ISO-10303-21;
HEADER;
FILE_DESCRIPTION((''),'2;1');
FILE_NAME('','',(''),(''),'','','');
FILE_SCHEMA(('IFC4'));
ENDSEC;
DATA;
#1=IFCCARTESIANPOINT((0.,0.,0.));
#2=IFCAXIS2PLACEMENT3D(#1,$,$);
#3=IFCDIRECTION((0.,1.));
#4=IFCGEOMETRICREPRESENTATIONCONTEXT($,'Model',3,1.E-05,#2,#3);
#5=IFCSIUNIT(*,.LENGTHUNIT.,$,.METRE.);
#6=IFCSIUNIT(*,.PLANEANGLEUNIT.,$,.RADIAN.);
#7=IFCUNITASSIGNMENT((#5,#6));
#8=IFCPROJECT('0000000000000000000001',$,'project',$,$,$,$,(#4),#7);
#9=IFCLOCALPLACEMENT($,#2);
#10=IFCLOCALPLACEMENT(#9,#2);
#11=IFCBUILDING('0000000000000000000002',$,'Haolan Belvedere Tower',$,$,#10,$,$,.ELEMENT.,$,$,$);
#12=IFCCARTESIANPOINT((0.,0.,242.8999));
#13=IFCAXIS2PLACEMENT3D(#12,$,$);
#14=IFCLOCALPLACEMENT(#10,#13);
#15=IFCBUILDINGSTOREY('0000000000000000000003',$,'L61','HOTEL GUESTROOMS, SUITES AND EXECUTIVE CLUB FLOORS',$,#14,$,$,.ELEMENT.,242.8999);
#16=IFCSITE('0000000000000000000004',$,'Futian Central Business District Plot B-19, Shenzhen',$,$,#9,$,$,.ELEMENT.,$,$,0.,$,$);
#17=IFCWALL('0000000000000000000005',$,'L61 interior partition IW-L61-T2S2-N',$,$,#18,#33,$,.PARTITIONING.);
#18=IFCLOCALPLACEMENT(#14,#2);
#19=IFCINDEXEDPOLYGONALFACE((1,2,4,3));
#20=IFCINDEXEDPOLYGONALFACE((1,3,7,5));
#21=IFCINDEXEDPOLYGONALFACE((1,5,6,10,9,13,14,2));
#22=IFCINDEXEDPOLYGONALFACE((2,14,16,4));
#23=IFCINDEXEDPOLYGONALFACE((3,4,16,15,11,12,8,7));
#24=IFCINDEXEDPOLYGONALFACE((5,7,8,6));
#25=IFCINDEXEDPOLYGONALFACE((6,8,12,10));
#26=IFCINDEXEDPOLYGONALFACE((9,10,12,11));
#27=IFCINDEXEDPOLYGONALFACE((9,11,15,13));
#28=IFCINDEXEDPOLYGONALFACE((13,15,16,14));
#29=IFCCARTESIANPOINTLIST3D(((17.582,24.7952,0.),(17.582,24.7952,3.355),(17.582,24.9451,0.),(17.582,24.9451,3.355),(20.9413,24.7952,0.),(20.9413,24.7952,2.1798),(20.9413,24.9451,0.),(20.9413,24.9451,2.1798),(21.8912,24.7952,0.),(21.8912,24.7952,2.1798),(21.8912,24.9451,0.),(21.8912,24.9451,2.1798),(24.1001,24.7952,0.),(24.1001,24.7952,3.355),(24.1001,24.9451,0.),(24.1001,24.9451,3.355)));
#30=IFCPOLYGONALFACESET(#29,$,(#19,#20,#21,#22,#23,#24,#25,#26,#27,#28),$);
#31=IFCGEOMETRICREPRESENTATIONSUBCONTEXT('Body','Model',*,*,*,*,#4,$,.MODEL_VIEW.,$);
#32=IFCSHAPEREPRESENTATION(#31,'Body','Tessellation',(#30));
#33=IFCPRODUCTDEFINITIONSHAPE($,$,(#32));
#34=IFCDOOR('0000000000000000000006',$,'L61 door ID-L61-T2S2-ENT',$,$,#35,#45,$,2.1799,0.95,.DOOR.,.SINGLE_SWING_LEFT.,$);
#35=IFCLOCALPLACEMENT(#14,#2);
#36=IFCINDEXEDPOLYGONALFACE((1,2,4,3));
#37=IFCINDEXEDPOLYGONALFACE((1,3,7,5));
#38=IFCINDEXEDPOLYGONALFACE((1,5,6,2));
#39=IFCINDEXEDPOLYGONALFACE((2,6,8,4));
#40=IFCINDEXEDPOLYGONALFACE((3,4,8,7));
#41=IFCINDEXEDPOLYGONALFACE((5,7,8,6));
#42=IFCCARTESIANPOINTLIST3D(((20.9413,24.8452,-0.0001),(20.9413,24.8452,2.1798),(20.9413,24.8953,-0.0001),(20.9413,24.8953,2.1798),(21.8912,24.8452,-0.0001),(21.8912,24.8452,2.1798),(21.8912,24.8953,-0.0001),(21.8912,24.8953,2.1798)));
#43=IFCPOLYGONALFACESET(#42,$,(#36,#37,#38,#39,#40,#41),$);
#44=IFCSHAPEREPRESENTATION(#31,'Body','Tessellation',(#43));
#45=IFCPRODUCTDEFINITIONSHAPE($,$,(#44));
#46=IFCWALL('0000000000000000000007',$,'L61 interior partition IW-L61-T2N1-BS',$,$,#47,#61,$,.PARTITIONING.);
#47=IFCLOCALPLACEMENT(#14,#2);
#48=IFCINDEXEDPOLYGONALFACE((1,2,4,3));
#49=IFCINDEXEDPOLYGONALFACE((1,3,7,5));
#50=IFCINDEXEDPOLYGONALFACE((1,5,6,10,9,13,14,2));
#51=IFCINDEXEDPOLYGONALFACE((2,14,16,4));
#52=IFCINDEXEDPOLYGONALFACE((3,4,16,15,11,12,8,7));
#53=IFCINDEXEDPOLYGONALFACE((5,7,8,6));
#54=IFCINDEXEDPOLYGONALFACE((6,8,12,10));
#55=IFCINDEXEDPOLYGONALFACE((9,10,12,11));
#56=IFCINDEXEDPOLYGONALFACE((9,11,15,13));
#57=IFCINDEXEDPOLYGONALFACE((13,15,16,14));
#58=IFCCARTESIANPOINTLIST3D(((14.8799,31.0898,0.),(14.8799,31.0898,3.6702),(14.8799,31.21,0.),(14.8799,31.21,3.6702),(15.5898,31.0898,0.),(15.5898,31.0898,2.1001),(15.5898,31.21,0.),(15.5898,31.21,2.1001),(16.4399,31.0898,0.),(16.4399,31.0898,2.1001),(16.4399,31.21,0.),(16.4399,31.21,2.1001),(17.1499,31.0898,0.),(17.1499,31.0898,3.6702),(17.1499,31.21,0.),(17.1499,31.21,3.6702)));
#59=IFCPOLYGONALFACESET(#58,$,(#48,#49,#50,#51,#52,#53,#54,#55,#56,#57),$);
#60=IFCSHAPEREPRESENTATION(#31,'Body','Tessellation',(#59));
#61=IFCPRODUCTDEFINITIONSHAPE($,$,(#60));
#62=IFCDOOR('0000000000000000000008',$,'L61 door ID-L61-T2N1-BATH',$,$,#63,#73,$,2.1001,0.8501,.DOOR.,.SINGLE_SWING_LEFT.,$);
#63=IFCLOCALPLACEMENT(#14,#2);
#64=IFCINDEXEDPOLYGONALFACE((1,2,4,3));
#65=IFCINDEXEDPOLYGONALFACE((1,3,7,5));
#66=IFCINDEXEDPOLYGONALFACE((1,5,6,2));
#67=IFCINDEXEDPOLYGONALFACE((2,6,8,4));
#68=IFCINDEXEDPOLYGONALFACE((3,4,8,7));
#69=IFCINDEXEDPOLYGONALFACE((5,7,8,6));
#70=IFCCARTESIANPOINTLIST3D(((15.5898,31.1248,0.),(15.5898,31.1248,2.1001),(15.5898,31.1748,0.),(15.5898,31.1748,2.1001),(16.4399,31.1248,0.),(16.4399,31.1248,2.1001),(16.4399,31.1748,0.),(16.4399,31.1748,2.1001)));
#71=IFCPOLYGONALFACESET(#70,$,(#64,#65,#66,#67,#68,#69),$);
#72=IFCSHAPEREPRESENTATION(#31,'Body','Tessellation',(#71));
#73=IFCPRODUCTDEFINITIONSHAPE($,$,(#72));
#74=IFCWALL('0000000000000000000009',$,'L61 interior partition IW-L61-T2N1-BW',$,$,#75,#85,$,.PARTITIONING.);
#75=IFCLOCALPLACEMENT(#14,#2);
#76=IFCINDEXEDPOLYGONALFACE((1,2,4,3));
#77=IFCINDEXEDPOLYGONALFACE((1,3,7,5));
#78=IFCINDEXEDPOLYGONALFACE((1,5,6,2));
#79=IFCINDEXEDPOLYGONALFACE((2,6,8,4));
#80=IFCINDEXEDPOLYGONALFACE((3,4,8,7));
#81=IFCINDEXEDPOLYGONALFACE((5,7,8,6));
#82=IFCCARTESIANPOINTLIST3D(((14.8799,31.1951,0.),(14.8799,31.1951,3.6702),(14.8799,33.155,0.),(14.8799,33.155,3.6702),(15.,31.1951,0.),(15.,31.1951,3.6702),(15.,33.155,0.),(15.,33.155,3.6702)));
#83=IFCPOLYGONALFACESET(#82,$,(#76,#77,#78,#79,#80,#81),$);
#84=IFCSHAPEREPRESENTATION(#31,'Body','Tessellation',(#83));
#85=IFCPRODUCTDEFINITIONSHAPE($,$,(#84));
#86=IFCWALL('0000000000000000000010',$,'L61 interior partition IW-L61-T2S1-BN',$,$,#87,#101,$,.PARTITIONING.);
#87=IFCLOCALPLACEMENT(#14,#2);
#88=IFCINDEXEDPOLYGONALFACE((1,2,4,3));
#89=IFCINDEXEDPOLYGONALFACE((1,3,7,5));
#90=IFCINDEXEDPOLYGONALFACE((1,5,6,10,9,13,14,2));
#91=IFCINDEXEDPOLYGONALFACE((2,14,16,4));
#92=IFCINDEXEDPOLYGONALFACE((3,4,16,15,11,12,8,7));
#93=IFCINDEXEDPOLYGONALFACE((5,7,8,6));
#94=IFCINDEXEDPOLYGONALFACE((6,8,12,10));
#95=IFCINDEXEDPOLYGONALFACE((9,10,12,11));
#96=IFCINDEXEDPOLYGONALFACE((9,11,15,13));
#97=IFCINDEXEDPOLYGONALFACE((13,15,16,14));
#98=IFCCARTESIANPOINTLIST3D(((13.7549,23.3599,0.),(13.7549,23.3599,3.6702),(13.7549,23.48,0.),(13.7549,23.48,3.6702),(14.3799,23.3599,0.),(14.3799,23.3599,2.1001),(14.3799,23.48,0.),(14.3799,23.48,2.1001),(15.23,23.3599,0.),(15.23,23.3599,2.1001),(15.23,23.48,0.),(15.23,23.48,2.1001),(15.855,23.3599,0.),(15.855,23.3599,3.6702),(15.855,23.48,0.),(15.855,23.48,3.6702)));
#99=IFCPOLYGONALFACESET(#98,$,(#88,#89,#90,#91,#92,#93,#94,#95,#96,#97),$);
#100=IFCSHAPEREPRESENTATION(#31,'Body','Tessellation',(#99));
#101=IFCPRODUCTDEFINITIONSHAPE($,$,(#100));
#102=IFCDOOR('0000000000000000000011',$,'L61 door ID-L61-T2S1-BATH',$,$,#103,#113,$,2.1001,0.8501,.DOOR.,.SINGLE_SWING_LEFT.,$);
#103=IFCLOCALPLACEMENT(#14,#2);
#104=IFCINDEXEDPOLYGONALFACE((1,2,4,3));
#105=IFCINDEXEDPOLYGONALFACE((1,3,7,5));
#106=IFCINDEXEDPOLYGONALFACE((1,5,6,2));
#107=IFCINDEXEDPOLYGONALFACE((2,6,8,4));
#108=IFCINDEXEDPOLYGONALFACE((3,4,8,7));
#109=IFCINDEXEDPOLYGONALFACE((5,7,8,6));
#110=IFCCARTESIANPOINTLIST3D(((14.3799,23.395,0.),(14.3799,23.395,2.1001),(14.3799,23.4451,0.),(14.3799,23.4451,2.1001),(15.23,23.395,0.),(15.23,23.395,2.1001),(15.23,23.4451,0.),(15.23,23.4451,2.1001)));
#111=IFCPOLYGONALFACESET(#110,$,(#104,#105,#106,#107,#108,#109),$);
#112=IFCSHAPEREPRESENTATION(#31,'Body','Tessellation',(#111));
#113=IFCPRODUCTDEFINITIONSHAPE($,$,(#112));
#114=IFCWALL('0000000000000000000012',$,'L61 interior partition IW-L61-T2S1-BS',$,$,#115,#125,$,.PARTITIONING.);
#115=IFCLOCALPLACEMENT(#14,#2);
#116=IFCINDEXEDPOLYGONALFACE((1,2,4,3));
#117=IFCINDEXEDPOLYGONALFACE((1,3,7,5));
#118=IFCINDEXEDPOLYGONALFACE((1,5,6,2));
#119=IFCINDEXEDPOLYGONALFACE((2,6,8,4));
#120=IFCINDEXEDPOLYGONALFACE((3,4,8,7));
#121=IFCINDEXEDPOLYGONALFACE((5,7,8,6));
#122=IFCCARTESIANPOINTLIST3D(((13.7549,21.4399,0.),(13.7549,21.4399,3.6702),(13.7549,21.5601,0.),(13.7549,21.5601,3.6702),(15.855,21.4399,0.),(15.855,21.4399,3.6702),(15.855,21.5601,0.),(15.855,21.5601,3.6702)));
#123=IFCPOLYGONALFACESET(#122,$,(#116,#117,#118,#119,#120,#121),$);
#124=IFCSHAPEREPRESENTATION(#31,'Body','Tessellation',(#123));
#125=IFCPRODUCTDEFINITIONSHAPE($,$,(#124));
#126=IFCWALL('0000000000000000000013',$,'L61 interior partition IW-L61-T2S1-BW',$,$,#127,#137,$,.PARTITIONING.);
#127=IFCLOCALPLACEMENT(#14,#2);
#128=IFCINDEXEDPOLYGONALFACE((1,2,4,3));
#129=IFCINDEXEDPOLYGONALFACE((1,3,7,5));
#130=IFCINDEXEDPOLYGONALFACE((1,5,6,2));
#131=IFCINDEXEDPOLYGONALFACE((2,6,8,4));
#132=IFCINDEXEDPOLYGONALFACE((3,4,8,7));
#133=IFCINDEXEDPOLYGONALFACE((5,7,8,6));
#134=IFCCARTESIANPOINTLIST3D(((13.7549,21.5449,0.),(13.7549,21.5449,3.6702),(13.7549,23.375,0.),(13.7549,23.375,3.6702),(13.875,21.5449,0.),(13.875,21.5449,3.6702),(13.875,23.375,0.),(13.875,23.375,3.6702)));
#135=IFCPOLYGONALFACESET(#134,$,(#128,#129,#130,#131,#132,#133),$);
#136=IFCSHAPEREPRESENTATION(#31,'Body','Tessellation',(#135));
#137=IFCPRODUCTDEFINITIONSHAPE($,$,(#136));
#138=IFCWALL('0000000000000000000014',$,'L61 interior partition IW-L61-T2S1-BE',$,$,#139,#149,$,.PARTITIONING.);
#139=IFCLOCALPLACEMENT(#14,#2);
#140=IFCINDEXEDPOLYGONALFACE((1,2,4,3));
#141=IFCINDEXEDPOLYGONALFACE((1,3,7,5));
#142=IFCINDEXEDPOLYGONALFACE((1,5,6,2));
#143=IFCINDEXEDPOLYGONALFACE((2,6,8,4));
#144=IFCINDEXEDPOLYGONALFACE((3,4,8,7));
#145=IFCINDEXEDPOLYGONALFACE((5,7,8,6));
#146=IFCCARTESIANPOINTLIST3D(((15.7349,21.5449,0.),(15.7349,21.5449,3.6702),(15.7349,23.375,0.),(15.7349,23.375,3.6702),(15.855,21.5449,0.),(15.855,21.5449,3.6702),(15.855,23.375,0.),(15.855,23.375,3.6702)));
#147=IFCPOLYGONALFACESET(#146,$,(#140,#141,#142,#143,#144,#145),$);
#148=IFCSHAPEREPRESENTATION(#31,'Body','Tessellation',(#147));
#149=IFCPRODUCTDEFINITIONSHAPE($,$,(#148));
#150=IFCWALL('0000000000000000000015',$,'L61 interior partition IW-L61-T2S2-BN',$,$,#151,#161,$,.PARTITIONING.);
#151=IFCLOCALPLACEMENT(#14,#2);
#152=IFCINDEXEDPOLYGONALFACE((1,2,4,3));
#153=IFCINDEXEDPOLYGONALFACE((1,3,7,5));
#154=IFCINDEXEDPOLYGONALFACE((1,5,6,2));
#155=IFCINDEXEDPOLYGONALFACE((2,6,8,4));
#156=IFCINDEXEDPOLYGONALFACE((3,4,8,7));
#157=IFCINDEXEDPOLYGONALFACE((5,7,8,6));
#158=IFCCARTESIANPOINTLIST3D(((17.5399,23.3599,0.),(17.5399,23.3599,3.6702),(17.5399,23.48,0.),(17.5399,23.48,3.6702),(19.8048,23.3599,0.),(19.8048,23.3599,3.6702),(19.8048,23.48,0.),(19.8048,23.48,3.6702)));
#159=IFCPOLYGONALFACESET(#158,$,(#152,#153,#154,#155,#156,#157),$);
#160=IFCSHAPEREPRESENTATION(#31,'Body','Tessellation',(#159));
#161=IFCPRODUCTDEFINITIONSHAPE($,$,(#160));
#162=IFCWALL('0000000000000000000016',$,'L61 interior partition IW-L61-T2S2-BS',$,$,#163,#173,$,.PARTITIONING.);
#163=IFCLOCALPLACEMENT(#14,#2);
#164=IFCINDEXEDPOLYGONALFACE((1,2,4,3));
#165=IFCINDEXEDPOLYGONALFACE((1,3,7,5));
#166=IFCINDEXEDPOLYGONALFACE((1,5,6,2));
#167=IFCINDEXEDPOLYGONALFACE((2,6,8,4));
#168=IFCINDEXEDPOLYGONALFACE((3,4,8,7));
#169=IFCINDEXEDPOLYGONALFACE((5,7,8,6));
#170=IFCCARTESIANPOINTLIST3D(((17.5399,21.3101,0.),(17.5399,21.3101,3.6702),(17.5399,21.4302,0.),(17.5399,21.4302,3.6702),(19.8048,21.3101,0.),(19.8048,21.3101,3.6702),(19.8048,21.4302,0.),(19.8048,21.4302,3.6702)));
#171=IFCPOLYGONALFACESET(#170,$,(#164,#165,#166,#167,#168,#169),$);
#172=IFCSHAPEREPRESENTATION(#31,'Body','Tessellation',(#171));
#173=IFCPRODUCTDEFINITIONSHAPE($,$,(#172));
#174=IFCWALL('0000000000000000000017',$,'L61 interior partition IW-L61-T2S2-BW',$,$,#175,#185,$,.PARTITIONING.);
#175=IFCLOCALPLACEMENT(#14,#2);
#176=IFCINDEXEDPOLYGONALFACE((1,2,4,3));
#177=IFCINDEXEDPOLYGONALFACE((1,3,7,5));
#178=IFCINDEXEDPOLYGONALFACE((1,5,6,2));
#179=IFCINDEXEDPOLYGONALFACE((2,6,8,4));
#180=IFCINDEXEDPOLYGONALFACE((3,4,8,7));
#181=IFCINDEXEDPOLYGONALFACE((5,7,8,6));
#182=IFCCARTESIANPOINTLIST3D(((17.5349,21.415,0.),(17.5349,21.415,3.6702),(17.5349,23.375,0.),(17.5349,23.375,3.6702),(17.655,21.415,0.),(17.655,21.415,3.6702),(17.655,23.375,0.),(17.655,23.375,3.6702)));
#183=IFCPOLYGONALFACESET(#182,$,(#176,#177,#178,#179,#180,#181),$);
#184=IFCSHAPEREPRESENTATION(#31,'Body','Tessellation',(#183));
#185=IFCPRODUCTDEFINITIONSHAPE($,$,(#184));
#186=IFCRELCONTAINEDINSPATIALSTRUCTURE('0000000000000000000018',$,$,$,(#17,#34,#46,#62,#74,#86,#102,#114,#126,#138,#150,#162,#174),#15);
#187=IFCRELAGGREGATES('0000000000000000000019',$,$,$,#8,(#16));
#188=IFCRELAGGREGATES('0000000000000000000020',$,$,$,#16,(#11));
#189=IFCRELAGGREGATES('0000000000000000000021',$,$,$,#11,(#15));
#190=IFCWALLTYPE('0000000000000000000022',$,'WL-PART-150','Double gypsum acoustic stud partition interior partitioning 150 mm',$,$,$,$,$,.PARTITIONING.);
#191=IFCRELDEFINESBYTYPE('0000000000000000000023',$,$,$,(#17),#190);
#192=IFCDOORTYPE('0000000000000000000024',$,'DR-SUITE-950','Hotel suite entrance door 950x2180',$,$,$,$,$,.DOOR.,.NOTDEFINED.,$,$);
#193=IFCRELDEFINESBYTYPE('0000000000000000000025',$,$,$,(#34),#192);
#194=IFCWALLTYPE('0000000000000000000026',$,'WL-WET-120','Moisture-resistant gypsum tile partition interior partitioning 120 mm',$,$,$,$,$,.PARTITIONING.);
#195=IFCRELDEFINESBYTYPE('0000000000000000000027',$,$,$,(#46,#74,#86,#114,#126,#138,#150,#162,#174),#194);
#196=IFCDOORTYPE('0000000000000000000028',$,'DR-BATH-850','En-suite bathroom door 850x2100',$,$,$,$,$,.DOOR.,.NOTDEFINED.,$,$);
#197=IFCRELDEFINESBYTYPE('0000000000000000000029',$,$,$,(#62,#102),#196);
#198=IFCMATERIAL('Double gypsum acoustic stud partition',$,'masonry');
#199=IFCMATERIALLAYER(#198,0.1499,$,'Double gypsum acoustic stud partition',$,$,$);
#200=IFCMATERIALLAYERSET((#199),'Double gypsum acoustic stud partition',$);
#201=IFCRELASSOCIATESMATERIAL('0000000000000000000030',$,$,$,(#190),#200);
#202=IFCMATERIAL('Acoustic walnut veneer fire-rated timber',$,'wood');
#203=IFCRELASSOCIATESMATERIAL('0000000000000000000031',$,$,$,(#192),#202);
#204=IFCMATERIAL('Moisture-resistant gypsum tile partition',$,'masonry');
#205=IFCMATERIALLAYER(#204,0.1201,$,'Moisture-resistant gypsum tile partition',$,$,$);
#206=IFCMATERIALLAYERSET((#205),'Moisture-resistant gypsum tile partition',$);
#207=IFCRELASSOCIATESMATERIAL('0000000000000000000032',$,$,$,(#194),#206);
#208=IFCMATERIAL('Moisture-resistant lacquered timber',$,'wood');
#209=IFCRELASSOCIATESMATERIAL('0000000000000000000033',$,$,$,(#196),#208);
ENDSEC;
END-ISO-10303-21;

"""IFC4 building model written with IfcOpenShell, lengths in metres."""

from ifc_helpers import new_model, si_unit, direction, frame, frame_2d, origin, place, context, subcontext, project, spatial, rectangle, extrude, material, layer, layer_set, type_object, element, fill, save


model = new_model("IFC4")

# Units and contexts
model_context = context("Model", 3, precision=1e-05, world=origin(), true_north=direction((0.0, 1.0)))
body_context = subcontext(model_context, "Body", "Model", "MODEL_VIEW")
ifc_project = project(units=[si_unit("LENGTHUNIT", "METRE"), si_unit("PLANEANGLEUNIT", "RADIAN")], contexts=[model_context])

# Site, building, storey
site_placement = place(None, origin())
site = spatial("IfcSite", under=ifc_project, at=site_placement, Name="Futian Central Business District Plot B-19, Shenzhen", CompositionType="ELEMENT", RefElevation=0.0)
building_placement = place(site_placement, origin())
building = spatial("IfcBuilding", under=site, at=building_placement, Name="Haolan Belvedere Tower", CompositionType="ELEMENT")
storey_placement = place(building_placement, frame((0.0, 0.0, 242.8999)))
storey = spatial("IfcBuildingStorey", under=building, at=storey_placement, Name="L61", Description="HOTEL GUESTROOMS, SUITES AND EXECUTIVE CLUB FLOORS", CompositionType="ELEMENT", Elevation=242.8999)

# Walls, openings, doors
ifc_material_1 = material(Name="Double gypsum acoustic stud partition", Category="masonry")
ifc_layer_1 = layer(ifc_material_1, 0.1499, Name="Double gypsum acoustic stud partition")
ifc_layer_set_1 = layer_set([ifc_layer_1], Name="Double gypsum acoustic stud partition")
wall_type_1 = type_object("IfcWallType", Name="WL-PART-150", Description="Double gypsum acoustic stud partition interior partitioning 150 mm", PredefinedType="PARTITIONING", material=ifc_layer_set_1)
ifc_material_2 = material(Name="Acoustic walnut veneer fire-rated timber", Category="wood")
door_type_1 = type_object("IfcDoorType", Name="DR-SUITE-950", Description="Hotel suite entrance door 950x2180", OperationType="NOTDEFINED", PredefinedType="DOOR", material=ifc_material_2)
wall_1_placement = place(storey_placement, frame((17.582, 24.8701, 0.0), z_axis=(0.0, 0.0, 1.0), x_axis=(1.0, 0.0, 0.0)))
wall_1 = element("IfcWall", 1, at=wall_1_placement, inside=storey, type_object=wall_type_1, Name="L61 interior partition IW-L61-T2S2-N", PredefinedType="PARTITIONING", context=body_context, shape_type="SweptSolid", body=[
    extrude(rectangle(XDim=6.5181, YDim=0.1499, at=frame_2d((3.259, 0.0))), origin(), (0.0, 0.0, 1.0), 3.355),
])
opening_1_placement = place(wall_1_placement, frame((4.3093, 0.0, 0.0), z_axis=(0.0, 0.0, 1.0), x_axis=(-1.0, 0.0, 0.0)))
opening_1 = element("IfcOpeningElement", 2, at=opening_1_placement, cuts=wall_1, PredefinedType="OPENING", context=body_context, shape_type="SweptSolid", body=[
    extrude(rectangle(XDim=0.95, YDim=2.1799, at=frame_2d((0.4751, 1.0898))), frame((0.0, 0.085, 0.0), z_axis=(0.0, -1.0, 0.0), x_axis=(1.0, 0.0, 0.0)), (0.0, 0.0, 1.0), 0.1699),
])
door_1_placement = place(opening_1_placement, origin())
door_1 = element("IfcDoor", 3, at=door_1_placement, inside=storey, type_object=door_type_1, Name="L61 door ID-L61-T2S2-ENT", OperationType="SINGLE_SWING_LEFT", OverallHeight=2.1799, OverallWidth=0.95, PredefinedType="DOOR", context=body_context, shape_type="SweptSolid", body=[
    extrude(rectangle(XDim=0.95, YDim=2.1799, at=frame_2d((0.4751, 1.0898))), frame((0.0, 0.0249, 0.0), z_axis=(0.0, -1.0, 0.0), x_axis=(1.0, 0.0, 0.0)), (0.0, 0.0, 1.0), 0.05),
])
fill(opening_1, door_1)
ifc_material_3 = material(Name="Moisture-resistant gypsum tile partition", Category="masonry")
ifc_layer_2 = layer(ifc_material_3, 0.1201, Name="Moisture-resistant gypsum tile partition")
ifc_layer_set_2 = layer_set([ifc_layer_2], Name="Moisture-resistant gypsum tile partition")
wall_type_2 = type_object("IfcWallType", Name="WL-WET-120", Description="Moisture-resistant gypsum tile partition interior partitioning 120 mm", PredefinedType="PARTITIONING", material=ifc_layer_set_2)
wall_2_placement = place(storey_placement, frame((14.8799, 31.1499, 0.0), z_axis=(0.0, 0.0, 1.0), x_axis=(1.0, 0.0, 0.0)))
wall_2 = element("IfcWall", 4, at=wall_2_placement, inside=storey, type_object=wall_type_2, Name="L61 interior partition IW-L61-T2N1-BS", PredefinedType="PARTITIONING", context=body_context, shape_type="SweptSolid", body=[
    extrude(rectangle(XDim=2.27, YDim=0.1201, at=frame_2d((1.135, 0.0))), origin(), (0.0, 0.0, 1.0), 3.6702),
])
opening_2_placement = place(wall_2_placement, frame((0.71, 0.0, 0.0)))
opening_2 = element("IfcOpeningElement", 5, at=opening_2_placement, cuts=wall_2, PredefinedType="OPENING", context=body_context, shape_type="SweptSolid", body=[
    extrude(rectangle(XDim=0.8501, YDim=2.1001, at=frame_2d((0.425, 1.05))), frame((0.0, 0.0701, 0.0), z_axis=(0.0, -1.0, 0.0), x_axis=(1.0, 0.0, 0.0)), (0.0, 0.0, 1.0), 0.1401),
])
ifc_material_4 = material(Name="Moisture-resistant lacquered timber", Category="wood")
door_type_2 = type_object("IfcDoorType", Name="DR-BATH-850", Description="En-suite bathroom door 850x2100", OperationType="NOTDEFINED", PredefinedType="DOOR", material=ifc_material_4)
door_2_placement = place(opening_2_placement, origin())
door_2 = element("IfcDoor", 6, at=door_2_placement, inside=storey, type_object=door_type_2, Name="L61 door ID-L61-T2N1-BATH", OperationType="SINGLE_SWING_LEFT", OverallHeight=2.1001, OverallWidth=0.8501, PredefinedType="DOOR", context=body_context, shape_type="SweptSolid", body=[
    extrude(rectangle(XDim=0.8501, YDim=2.1001, at=frame_2d((0.425, 1.05))), frame((0.0, 0.0249, 0.0), z_axis=(0.0, -1.0, 0.0), x_axis=(1.0, 0.0, 0.0)), (0.0, 0.0, 1.0), 0.05),
])
fill(opening_2, door_2)

# Wall
wall_3_placement = place(storey_placement, frame((14.9399, 31.1951, 0.0), z_axis=(0.0, 0.0, 1.0), x_axis=(0.0, 1.0, 0.0)))
element("IfcWall", 7, at=wall_3_placement, inside=storey, type_object=wall_type_2, Name="L61 interior partition IW-L61-T2N1-BW", PredefinedType="PARTITIONING", context=body_context, shape_type="SweptSolid", body=[
    extrude(rectangle(XDim=1.96, YDim=0.1201, at=frame_2d((0.98, 0.0))), origin(), (0.0, 0.0, 1.0), 3.6702),
])

# Wall, opening, door
wall_4_placement = place(storey_placement, frame((13.7549, 23.4199, 0.0), z_axis=(0.0, 0.0, 1.0), x_axis=(1.0, 0.0, 0.0)))
wall_4 = element("IfcWall", 8, at=wall_4_placement, inside=storey, type_object=wall_type_2, Name="L61 interior partition IW-L61-T2S1-BN", PredefinedType="PARTITIONING", context=body_context, shape_type="SweptSolid", body=[
    extrude(rectangle(XDim=2.1001, YDim=0.1201, at=frame_2d((1.05, 0.0))), origin(), (0.0, 0.0, 1.0), 3.6702),
])
opening_3_placement = place(wall_4_placement, frame((1.4751, 0.0, 0.0), z_axis=(0.0, 0.0, 1.0), x_axis=(-1.0, 0.0, 0.0)))
opening_3 = element("IfcOpeningElement", 9, at=opening_3_placement, cuts=wall_4, PredefinedType="OPENING", context=body_context, shape_type="SweptSolid", body=[
    extrude(rectangle(XDim=0.8501, YDim=2.1001, at=frame_2d((0.425, 1.05))), frame((0.0, 0.0701, 0.0), z_axis=(0.0, -1.0, 0.0), x_axis=(1.0, 0.0, 0.0)), (0.0, 0.0, 1.0), 0.1401),
])
door_3_placement = place(opening_3_placement, origin())
door_3 = element("IfcDoor", 10, at=door_3_placement, inside=storey, type_object=door_type_2, Name="L61 door ID-L61-T2S1-BATH", OperationType="SINGLE_SWING_LEFT", OverallHeight=2.1001, OverallWidth=0.8501, PredefinedType="DOOR", context=body_context, shape_type="SweptSolid", body=[
    extrude(rectangle(XDim=0.8501, YDim=2.1001, at=frame_2d((0.425, 1.05))), frame((0.0, 0.0249, 0.0), z_axis=(0.0, -1.0, 0.0), x_axis=(1.0, 0.0, 0.0)), (0.0, 0.0, 1.0), 0.05),
])
fill(opening_3, door_3)

# Walls
wall_5_placement = place(storey_placement, frame((13.7549, 21.5, 0.0), z_axis=(0.0, 0.0, 1.0), x_axis=(1.0, 0.0, 0.0)))
element("IfcWall", 11, at=wall_5_placement, inside=storey, type_object=wall_type_2, Name="L61 interior partition IW-L61-T2S1-BS", PredefinedType="PARTITIONING", context=body_context, shape_type="SweptSolid", body=[
    extrude(rectangle(XDim=2.1001, YDim=0.1201, at=frame_2d((1.05, 0.0))), origin(), (0.0, 0.0, 1.0), 3.6702),
])
for number, where, z_axis, x_axis, name in (
    (12, (13.8149, 21.5449, 0.0), (0.0, 0.0, 1.0), (0.0, 1.0, 0.0), "L61 interior partition IW-L61-T2S1-BW"),
    (13, (15.7949, 21.5449, 0.0), (0.0, 0.0, 1.0), (0.0, 1.0, 0.0), "L61 interior partition IW-L61-T2S1-BE"),
):
    element("IfcWall", number, at=place(storey_placement, frame(where, z_axis=z_axis, x_axis=x_axis)), inside=storey, type_object=wall_type_2, Name=name, PredefinedType="PARTITIONING", context=body_context, shape_type="SweptSolid", body=[
        extrude(rectangle(XDim=1.8301, YDim=0.1201, at=frame_2d((0.915, 0.0))), origin(), (0.0, 0.0, 1.0), 3.6702),
    ])
for number, where, z_axis, x_axis, name in (
    (14, (17.54, 23.4199, 0.0), (0.0, 0.0, 1.0), (1.0, 0.0, 0.0), "L61 interior partition IW-L61-T2S2-BN"),
    (15, (17.54, 21.3701, 0.0), (0.0, 0.0, 1.0), (1.0, 0.0, 0.0), "L61 interior partition IW-L61-T2S2-BS"),
):
    element("IfcWall", number, at=place(storey_placement, frame(where, z_axis=z_axis, x_axis=x_axis)), inside=storey, type_object=wall_type_2, Name=name, PredefinedType="PARTITIONING", context=body_context, shape_type="SweptSolid", body=[
        extrude(rectangle(XDim=2.2649, YDim=0.1201, at=frame_2d((1.1323, 0.0))), origin(), (0.0, 0.0, 1.0), 3.6702),
    ])
wall_6_placement = place(storey_placement, frame((17.595, 21.415, 0.0), z_axis=(0.0, 0.0, 1.0), x_axis=(0.0, 1.0, 0.0)))
element("IfcWall", 16, at=wall_6_placement, inside=storey, type_object=wall_type_2, Name="L61 interior partition IW-L61-T2S2-BW", PredefinedType="PARTITIONING", context=body_context, shape_type="SweptSolid", body=[
    extrude(rectangle(XDim=1.96, YDim=0.1201, at=frame_2d((0.98, 0.0))), origin(), (0.0, 0.0, 1.0), 3.6702),
])

save(model, "model.ifc")
